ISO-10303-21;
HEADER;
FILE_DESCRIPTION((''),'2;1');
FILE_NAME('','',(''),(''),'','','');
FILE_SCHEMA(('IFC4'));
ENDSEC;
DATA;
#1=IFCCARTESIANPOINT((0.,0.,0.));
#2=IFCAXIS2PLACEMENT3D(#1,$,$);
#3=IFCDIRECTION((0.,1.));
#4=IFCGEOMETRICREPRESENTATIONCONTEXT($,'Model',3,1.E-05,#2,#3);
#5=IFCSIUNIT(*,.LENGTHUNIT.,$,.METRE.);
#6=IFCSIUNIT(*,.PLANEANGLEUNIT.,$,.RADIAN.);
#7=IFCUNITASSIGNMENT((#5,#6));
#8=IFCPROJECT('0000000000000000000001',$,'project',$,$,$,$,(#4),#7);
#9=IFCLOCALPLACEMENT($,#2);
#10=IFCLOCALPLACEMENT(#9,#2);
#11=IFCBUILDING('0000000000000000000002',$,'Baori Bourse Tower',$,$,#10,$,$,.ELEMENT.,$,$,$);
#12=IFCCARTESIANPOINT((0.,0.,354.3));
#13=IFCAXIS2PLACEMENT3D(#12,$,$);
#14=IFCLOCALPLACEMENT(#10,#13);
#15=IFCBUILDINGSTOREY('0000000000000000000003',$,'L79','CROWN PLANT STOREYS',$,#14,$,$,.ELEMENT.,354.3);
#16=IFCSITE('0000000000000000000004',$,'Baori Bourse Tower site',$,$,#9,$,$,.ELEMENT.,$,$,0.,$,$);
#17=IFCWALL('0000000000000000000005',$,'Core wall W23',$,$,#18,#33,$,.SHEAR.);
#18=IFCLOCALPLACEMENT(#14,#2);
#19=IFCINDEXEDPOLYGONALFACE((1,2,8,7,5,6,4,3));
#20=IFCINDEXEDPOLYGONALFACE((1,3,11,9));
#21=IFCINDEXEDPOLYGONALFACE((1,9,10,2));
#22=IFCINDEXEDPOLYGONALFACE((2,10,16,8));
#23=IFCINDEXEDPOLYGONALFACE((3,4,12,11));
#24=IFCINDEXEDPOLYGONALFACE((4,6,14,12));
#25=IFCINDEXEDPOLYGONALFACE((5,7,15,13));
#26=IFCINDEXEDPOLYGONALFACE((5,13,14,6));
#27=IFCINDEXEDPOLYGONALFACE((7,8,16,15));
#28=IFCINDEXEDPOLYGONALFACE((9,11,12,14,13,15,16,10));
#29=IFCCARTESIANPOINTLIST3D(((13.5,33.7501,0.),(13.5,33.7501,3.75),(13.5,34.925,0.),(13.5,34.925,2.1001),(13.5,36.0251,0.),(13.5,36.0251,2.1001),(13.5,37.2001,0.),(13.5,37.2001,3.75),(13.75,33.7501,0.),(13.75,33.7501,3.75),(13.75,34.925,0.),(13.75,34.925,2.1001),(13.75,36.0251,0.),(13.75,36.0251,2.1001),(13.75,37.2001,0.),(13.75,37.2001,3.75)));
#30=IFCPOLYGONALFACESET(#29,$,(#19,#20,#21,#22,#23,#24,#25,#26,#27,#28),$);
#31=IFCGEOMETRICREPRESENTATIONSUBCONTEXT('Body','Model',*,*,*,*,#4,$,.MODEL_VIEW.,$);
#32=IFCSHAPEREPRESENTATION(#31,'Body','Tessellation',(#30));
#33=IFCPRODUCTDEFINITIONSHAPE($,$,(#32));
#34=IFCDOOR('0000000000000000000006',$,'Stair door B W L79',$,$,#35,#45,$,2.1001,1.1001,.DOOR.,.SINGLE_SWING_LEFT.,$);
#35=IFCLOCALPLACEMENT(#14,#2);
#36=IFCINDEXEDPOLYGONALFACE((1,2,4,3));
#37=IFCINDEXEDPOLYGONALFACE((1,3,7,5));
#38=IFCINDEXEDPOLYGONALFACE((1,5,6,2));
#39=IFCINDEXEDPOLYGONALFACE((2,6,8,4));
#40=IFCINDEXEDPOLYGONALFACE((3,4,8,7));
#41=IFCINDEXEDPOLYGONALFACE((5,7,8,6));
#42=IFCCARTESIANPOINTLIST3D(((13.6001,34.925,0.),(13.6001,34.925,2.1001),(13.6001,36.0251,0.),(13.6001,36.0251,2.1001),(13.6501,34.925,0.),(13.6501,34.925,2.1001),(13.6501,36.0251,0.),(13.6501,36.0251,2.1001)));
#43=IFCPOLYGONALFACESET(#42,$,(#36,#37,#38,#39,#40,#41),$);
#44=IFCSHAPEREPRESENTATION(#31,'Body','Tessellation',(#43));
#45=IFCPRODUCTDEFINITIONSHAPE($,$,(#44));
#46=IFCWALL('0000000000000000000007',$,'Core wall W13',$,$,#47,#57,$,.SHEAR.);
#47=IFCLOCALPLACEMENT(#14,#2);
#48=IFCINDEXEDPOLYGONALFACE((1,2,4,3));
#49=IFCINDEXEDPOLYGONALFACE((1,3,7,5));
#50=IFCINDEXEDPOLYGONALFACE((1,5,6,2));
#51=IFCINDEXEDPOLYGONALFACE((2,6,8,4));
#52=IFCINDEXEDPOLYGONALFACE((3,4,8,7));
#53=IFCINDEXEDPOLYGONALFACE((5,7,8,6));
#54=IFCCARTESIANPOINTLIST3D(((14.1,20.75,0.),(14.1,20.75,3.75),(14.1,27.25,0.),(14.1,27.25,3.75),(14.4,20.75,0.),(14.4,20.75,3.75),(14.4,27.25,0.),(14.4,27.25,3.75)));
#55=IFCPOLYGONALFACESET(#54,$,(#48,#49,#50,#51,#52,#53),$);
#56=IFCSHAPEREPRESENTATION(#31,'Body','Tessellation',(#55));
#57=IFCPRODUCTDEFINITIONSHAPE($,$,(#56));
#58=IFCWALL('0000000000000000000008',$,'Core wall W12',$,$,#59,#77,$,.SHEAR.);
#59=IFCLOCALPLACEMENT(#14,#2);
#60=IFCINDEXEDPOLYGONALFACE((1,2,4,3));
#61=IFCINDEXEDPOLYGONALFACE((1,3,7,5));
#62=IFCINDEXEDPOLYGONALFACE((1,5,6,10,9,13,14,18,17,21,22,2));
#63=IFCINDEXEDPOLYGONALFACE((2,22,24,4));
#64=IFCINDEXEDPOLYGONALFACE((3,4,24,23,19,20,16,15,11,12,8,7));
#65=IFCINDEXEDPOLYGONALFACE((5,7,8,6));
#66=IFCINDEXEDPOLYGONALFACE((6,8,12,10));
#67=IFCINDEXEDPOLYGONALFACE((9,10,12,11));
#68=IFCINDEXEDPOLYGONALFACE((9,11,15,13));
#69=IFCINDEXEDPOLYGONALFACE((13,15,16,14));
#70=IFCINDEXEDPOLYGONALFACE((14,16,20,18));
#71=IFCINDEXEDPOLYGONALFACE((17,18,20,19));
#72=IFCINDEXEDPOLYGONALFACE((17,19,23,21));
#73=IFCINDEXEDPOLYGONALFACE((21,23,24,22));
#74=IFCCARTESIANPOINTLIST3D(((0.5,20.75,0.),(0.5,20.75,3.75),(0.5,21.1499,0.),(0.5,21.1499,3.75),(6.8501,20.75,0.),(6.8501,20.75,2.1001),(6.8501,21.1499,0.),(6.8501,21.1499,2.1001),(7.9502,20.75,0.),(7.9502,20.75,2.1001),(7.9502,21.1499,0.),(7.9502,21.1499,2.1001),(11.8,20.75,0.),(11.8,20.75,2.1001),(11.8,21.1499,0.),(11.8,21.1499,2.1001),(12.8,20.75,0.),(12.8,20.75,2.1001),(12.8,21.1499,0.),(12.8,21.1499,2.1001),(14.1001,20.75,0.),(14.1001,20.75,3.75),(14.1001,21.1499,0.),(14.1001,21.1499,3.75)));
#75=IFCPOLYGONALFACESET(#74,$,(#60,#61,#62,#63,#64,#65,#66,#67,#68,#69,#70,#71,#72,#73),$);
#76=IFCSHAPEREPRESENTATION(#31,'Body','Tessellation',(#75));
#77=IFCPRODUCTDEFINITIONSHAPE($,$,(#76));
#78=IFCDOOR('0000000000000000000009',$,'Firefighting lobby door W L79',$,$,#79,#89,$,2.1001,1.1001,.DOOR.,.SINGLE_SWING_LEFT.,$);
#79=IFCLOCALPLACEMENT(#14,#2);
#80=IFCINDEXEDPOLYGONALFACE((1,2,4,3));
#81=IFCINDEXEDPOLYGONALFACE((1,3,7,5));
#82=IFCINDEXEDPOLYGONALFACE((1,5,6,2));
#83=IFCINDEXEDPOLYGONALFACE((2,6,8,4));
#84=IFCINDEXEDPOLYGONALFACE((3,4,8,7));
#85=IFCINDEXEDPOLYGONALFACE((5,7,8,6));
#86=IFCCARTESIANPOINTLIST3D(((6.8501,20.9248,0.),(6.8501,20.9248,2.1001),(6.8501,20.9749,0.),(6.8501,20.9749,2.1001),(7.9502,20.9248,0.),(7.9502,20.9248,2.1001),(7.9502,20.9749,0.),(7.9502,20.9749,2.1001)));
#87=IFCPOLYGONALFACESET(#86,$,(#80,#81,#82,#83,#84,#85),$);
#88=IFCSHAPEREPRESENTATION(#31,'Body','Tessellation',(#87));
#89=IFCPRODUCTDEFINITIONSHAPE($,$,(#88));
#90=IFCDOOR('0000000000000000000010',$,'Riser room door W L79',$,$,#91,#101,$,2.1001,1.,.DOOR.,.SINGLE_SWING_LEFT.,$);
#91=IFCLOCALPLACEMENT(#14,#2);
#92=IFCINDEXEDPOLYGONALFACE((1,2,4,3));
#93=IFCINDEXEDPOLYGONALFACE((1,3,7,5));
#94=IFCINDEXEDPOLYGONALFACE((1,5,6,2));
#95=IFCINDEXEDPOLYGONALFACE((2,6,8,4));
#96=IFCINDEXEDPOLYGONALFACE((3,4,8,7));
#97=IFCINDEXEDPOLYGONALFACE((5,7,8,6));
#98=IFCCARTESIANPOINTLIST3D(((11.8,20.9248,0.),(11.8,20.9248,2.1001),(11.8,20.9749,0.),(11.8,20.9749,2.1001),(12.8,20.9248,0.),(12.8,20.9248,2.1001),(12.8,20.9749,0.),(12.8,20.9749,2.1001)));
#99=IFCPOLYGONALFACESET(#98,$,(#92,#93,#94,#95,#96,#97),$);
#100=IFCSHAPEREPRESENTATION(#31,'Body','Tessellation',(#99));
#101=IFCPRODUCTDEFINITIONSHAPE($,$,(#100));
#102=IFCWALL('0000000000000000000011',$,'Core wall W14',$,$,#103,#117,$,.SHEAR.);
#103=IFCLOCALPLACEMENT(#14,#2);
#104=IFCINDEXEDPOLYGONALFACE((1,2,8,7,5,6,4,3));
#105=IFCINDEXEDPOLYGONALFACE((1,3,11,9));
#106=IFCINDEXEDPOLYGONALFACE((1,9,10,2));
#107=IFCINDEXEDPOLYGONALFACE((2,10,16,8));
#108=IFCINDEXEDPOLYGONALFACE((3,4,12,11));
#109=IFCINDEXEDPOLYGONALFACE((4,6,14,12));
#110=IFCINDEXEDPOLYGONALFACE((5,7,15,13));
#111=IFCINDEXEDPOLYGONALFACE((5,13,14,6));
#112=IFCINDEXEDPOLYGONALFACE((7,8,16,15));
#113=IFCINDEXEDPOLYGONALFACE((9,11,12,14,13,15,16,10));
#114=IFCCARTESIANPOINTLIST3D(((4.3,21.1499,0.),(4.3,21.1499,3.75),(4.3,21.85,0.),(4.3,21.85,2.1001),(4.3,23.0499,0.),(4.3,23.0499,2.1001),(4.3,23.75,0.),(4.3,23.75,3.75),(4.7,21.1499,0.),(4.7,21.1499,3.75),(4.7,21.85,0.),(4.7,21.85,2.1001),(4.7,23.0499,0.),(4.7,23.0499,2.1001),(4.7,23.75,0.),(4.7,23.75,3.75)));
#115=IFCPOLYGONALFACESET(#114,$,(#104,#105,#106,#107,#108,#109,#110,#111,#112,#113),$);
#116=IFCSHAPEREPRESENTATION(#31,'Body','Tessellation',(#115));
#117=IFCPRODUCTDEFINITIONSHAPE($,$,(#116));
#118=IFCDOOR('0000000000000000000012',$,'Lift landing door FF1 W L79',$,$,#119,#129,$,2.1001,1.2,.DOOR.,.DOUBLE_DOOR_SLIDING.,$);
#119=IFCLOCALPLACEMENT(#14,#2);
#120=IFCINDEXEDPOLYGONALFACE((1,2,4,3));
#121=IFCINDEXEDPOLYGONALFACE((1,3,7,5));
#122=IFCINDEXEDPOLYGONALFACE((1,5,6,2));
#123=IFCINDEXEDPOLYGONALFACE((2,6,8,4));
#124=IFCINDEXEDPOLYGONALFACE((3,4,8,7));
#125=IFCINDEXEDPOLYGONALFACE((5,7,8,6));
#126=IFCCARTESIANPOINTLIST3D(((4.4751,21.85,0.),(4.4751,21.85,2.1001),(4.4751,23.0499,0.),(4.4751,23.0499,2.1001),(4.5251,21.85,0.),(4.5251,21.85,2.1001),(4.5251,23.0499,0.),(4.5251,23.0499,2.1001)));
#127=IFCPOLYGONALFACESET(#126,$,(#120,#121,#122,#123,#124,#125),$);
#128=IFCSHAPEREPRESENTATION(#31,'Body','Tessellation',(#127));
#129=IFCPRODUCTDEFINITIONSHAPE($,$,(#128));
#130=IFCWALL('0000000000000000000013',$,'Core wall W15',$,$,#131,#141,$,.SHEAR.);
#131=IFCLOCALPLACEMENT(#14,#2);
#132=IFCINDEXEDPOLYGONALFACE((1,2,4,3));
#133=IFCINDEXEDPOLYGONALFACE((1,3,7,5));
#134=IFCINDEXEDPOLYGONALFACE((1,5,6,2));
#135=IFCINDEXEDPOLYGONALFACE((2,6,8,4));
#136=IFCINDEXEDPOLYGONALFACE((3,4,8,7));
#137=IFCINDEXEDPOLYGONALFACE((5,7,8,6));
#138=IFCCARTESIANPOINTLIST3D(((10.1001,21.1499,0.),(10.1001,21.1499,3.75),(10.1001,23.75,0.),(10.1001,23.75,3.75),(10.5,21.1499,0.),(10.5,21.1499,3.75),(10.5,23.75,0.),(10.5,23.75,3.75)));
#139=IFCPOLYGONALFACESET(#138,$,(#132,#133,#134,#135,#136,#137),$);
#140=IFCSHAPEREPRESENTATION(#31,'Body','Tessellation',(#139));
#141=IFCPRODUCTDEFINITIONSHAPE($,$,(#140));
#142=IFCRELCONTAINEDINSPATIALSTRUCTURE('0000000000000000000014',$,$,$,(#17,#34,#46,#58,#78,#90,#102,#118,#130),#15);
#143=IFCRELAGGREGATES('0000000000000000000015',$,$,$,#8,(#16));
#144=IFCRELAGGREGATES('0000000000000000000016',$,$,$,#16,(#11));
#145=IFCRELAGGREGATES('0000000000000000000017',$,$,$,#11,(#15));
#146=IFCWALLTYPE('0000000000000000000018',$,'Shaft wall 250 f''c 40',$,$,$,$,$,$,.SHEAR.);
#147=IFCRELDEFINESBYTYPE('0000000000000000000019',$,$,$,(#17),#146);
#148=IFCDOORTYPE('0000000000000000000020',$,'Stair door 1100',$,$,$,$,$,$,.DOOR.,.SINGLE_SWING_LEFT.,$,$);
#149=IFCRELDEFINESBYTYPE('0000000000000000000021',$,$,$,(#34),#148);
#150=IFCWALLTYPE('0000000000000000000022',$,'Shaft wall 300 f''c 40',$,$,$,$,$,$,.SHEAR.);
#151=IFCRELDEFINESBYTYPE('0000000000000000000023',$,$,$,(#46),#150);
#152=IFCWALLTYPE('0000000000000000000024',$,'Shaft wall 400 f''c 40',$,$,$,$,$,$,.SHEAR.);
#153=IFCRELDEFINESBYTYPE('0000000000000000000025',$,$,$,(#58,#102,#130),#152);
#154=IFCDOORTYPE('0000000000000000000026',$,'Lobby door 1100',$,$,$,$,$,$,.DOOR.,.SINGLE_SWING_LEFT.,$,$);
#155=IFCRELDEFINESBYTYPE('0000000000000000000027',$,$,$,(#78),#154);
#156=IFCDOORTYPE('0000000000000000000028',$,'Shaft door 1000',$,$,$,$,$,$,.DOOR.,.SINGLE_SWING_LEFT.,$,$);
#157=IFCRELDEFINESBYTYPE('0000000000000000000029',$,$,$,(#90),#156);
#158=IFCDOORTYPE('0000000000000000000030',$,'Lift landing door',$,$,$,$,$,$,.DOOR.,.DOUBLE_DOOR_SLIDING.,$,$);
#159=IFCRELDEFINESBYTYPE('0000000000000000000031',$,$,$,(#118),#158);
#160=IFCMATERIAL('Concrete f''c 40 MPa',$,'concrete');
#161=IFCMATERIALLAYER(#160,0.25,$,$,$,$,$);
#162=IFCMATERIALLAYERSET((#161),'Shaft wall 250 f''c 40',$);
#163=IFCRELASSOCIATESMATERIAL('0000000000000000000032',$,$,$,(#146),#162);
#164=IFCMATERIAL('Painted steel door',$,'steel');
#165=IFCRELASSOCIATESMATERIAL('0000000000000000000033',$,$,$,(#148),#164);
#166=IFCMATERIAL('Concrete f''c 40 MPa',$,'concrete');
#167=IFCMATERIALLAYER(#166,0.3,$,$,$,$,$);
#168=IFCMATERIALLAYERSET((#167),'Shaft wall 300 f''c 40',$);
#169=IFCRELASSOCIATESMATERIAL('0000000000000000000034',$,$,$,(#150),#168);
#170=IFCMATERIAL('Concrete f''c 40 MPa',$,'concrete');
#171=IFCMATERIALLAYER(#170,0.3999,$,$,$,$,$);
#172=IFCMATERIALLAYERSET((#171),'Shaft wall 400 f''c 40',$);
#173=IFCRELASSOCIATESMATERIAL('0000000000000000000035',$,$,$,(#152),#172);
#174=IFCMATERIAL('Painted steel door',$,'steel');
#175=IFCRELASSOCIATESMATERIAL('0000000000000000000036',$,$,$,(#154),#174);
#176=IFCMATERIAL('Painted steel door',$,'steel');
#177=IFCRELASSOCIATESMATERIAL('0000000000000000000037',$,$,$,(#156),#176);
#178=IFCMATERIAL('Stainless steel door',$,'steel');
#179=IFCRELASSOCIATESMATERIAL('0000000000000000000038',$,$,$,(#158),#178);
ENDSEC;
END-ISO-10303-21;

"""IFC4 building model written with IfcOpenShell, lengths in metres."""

from ifc_helpers import new_model, si_unit, direction, frame, frame_2d, origin, place, context, subcontext, project, spatial, rectangle, extrude, material, layer, layer_set, type_object, element, fill, save


model = new_model("IFC4")

# Units and contexts
model_context = context("Model", 3, precision=1e-05, world=origin(), true_north=direction((0.0, 1.0)))
body_context = subcontext(model_context, "Body", "Model", "MODEL_VIEW")
ifc_project = project(units=[si_unit("LENGTHUNIT", "METRE"), si_unit("PLANEANGLEUNIT", "RADIAN")], contexts=[model_context])

# Site, building, storey
site_placement = place(None, origin())
site = spatial("IfcSite", under=ifc_project, at=site_placement, Name="Baori Bourse Tower site", CompositionType="ELEMENT", RefElevation=0.0)
building_placement = place(site_placement, origin())
building = spatial("IfcBuilding", under=site, at=building_placement, Name="Baori Bourse Tower", CompositionType="ELEMENT")
storey_placement = place(building_placement, frame((0.0, 0.0, 354.3)))
storey = spatial("IfcBuildingStorey", under=building, at=storey_placement, Name="L79", Description="CROWN PLANT STOREYS", CompositionType="ELEMENT", Elevation=354.3)

# Wall, opening, door
ifc_material_1 = material(Name="Concrete f'c 40 MPa", Category="concrete")
ifc_layer_1 = layer(ifc_material_1, 0.25)
ifc_layer_set_1 = layer_set([ifc_layer_1], Name="Shaft wall 250 f'c 40")
wall_type_1 = type_object("IfcWallType", Name="Shaft wall 250 f'c 40", PredefinedType="SHEAR", material=ifc_layer_set_1)
wall_1_placement = place(storey_placement, frame((13.625, 33.75, 0.0), z_axis=(0.0, 0.0, 1.0), x_axis=(0.0, 1.0, 0.0)))
wall_1 = element("IfcWall", 1, at=wall_1_placement, inside=storey, type_object=wall_type_1, Name="Core wall W23", PredefinedType="SHEAR", context=body_context, shape_type="SweptSolid", body=[
    extrude(rectangle(XDim=3.45, YDim=0.25, at=frame_2d((1.7251, 0.0))), origin(), (0.0, 0.0, 1.0), 3.75),
])
opening_1_placement = place(wall_1_placement, frame((1.175, 0.0, 0.0)))
opening_1 = element("IfcOpeningElement", 2, at=opening_1_placement, cuts=wall_1, PredefinedType="OPENING", context=body_context, shape_type="SweptSolid", body=[
    extrude(rectangle(XDim=1.1001, YDim=2.1001, at=frame_2d((0.55, 1.05))), frame((0.0, 0.135, 0.0), z_axis=(0.0, -1.0, 0.0), x_axis=(1.0, 0.0, 0.0)), (0.0, 0.0, 1.0), 0.27),
])
ifc_material_2 = material(Name="Painted steel door", Category="steel")
door_type_1 = type_object("IfcDoorType", Name="Stair door 1100", OperationType="SINGLE_SWING_LEFT", PredefinedType="DOOR", material=ifc_material_2)
door_1_placement = place(opening_1_placement, origin())
door_1 = element("IfcDoor", 3, at=door_1_placement, inside=storey, type_object=door_type_1, Name="Stair door B W L79", OperationType="SINGLE_SWING_LEFT", OverallHeight=2.1001, OverallWidth=1.1001, PredefinedType="DOOR", context=body_context, shape_type="SweptSolid", body=[
    extrude(rectangle(XDim=1.1001, YDim=2.1001, at=frame_2d((0.55, 1.05))), frame((0.0, 0.0249, 0.0), z_axis=(0.0, -1.0, 0.0), x_axis=(1.0, 0.0, 0.0)), (0.0, 0.0, 1.0), 0.05),
])
fill(opening_1, door_1)

# Wall
ifc_material_3 = material(Name="Concrete f'c 40 MPa", Category="concrete")
ifc_layer_2 = layer(ifc_material_3, 0.3)
ifc_layer_set_2 = layer_set([ifc_layer_2], Name="Shaft wall 300 f'c 40")
wall_type_2 = type_object("IfcWallType", Name="Shaft wall 300 f'c 40", PredefinedType="SHEAR", material=ifc_layer_set_2)
wall_2_placement = place(storey_placement, frame((14.25, 20.75, 0.0), z_axis=(0.0, 0.0, 1.0), x_axis=(0.0, 1.0, 0.0)))
element("IfcWall", 4, at=wall_2_placement, inside=storey, type_object=wall_type_2, Name="Core wall W13", PredefinedType="SHEAR", context=body_context, shape_type="SweptSolid", body=[
    extrude(rectangle(XDim=6.5, YDim=0.3, at=frame_2d((3.25, 0.0))), origin(), (0.0, 0.0, 1.0), 3.75),
])

# Wall, openings, doors
ifc_material_4 = material(Name="Concrete f'c 40 MPa", Category="concrete")
ifc_layer_3 = layer(ifc_material_4, 0.3999)
ifc_layer_set_3 = layer_set([ifc_layer_3], Name="Shaft wall 400 f'c 40")
wall_type_3 = type_object("IfcWallType", Name="Shaft wall 400 f'c 40", PredefinedType="SHEAR", material=ifc_layer_set_3)
wall_3_placement = place(storey_placement, frame((0.5, 20.95, 0.0), z_axis=(0.0, 0.0, 1.0), x_axis=(1.0, 0.0, 0.0)))
wall_3 = element("IfcWall", 5, at=wall_3_placement, inside=storey, type_object=wall_type_3, Name="Core wall W12", PredefinedType="SHEAR", context=body_context, shape_type="SweptSolid", body=[
    extrude(rectangle(XDim=13.6001, YDim=0.3999, at=frame_2d((6.8, 0.0))), origin(), (0.0, 0.0, 1.0), 3.75),
])
opening_2_placement = place(wall_3_placement, frame((6.3501, 0.0, 0.0)))
opening_2 = element("IfcOpeningElement", 6, at=opening_2_placement, cuts=wall_3, PredefinedType="OPENING", context=body_context, shape_type="SweptSolid", body=[
    extrude(rectangle(XDim=1.1001, YDim=2.1001, at=frame_2d((0.55, 1.05))), frame((0.0, 0.21, 0.0), z_axis=(0.0, -1.0, 0.0), x_axis=(1.0, 0.0, 0.0)), (0.0, 0.0, 1.0), 0.4199),
])
opening_3_placement = place(wall_3_placement, frame((11.3, 0.0, 0.0)))
opening_3 = element("IfcOpeningElement", 7, at=opening_3_placement, cuts=wall_3, PredefinedType="OPENING", context=body_context, shape_type="SweptSolid", body=[
    extrude(rectangle(XDim=1.0, YDim=2.1001, at=frame_2d((0.5, 1.05))), frame((0.0, 0.21, 0.0), z_axis=(0.0, -1.0, 0.0), x_axis=(1.0, 0.0, 0.0)), (0.0, 0.0, 1.0), 0.4199),
])
ifc_material_5 = material(Name="Painted steel door", Category="steel")
door_type_2 = type_object("IfcDoorType", Name="Lobby door 1100", OperationType="SINGLE_SWING_LEFT", PredefinedType="DOOR", material=ifc_material_5)
door_2_placement = place(opening_2_placement, origin())
door_2 = element("IfcDoor", 8, at=door_2_placement, inside=storey, type_object=door_type_2, Name="Firefighting lobby door W L79", OperationType="SINGLE_SWING_LEFT", OverallHeight=2.1001, OverallWidth=1.1001, PredefinedType="DOOR", context=body_context, shape_type="SweptSolid", body=[
    extrude(rectangle(XDim=1.1001, YDim=2.1001, at=frame_2d((0.55, 1.05))), frame((0.0, 0.0249, 0.0), z_axis=(0.0, -1.0, 0.0), x_axis=(1.0, 0.0, 0.0)), (0.0, 0.0, 1.0), 0.05),
])
fill(opening_2, door_2)
ifc_material_6 = material(Name="Painted steel door", Category="steel")
door_type_3 = type_object("IfcDoorType", Name="Shaft door 1000", OperationType="SINGLE_SWING_LEFT", PredefinedType="DOOR", material=ifc_material_6)
door_3_placement = place(opening_3_placement, origin())
door_3 = element("IfcDoor", 9, at=door_3_placement, inside=storey, type_object=door_type_3, Name="Riser room door W L79", OperationType="SINGLE_SWING_LEFT", OverallHeight=2.1001, OverallWidth=1.0, PredefinedType="DOOR", context=body_context, shape_type="SweptSolid", body=[
    extrude(rectangle(XDim=1.0, YDim=2.1001, at=frame_2d((0.5, 1.05))), frame((0.0, 0.0249, 0.0), z_axis=(0.0, -1.0, 0.0), x_axis=(1.0, 0.0, 0.0)), (0.0, 0.0, 1.0), 0.05),
])
fill(opening_3, door_3)

# Wall, opening, door
wall_4_placement = place(storey_placement, frame((4.5, 21.1499, 0.0), z_axis=(0.0, 0.0, 1.0), x_axis=(0.0, 1.0, 0.0)))
wall_4 = element("IfcWall", 10, at=wall_4_placement, inside=storey, type_object=wall_type_3, Name="Core wall W14", PredefinedType="SHEAR", context=body_context, shape_type="SweptSolid", body=[
    extrude(rectangle(XDim=2.6001, YDim=0.3999, at=frame_2d((1.3, 0.0))), origin(), (0.0, 0.0, 1.0), 3.75),
])
opening_4_placement = place(wall_4_placement, frame((0.7, 0.0, 0.0)))
opening_4 = element("IfcOpeningElement", 11, at=opening_4_placement, cuts=wall_4, PredefinedType="OPENING", context=body_context, shape_type="SweptSolid", body=[
    extrude(rectangle(XDim=1.2, YDim=2.1001, at=frame_2d((0.6001, 1.05))), frame((0.0, 0.21, 0.0), z_axis=(0.0, -1.0, 0.0), x_axis=(1.0, 0.0, 0.0)), (0.0, 0.0, 1.0), 0.4199),
])
ifc_material_7 = material(Name="Stainless steel door", Category="steel")
door_type_4 = type_object("IfcDoorType", Name="Lift landing door", OperationType="DOUBLE_DOOR_SLIDING", PredefinedType="DOOR", material=ifc_material_7)
door_4_placement = place(opening_4_placement, origin())
door_4 = element("IfcDoor", 12, at=door_4_placement, inside=storey, type_object=door_type_4, Name="Lift landing door FF1 W L79", OperationType="DOUBLE_DOOR_SLIDING", OverallHeight=2.1001, OverallWidth=1.2, PredefinedType="DOOR", context=body_context, shape_type="SweptSolid", body=[
    extrude(rectangle(XDim=1.2, YDim=2.1001, at=frame_2d((0.6001, 1.05))), frame((0.0, 0.0249, 0.0), z_axis=(0.0, -1.0, 0.0), x_axis=(1.0, 0.0, 0.0)), (0.0, 0.0, 1.0), 0.05),
])
fill(opening_4, door_4)

# Wall
wall_5_placement = place(storey_placement, frame((10.3, 21.1499, 0.0), z_axis=(0.0, 0.0, 1.0), x_axis=(0.0, 1.0, 0.0)))
element("IfcWall", 13, at=wall_5_placement, inside=storey, type_object=wall_type_3, Name="Core wall W15", PredefinedType="SHEAR", context=body_context, shape_type="SweptSolid", body=[
    extrude(rectangle(XDim=2.6001, YDim=0.3999, at=frame_2d((1.3, 0.0))), origin(), (0.0, 0.0, 1.0), 3.75),
])

save(model, "model.ifc")
